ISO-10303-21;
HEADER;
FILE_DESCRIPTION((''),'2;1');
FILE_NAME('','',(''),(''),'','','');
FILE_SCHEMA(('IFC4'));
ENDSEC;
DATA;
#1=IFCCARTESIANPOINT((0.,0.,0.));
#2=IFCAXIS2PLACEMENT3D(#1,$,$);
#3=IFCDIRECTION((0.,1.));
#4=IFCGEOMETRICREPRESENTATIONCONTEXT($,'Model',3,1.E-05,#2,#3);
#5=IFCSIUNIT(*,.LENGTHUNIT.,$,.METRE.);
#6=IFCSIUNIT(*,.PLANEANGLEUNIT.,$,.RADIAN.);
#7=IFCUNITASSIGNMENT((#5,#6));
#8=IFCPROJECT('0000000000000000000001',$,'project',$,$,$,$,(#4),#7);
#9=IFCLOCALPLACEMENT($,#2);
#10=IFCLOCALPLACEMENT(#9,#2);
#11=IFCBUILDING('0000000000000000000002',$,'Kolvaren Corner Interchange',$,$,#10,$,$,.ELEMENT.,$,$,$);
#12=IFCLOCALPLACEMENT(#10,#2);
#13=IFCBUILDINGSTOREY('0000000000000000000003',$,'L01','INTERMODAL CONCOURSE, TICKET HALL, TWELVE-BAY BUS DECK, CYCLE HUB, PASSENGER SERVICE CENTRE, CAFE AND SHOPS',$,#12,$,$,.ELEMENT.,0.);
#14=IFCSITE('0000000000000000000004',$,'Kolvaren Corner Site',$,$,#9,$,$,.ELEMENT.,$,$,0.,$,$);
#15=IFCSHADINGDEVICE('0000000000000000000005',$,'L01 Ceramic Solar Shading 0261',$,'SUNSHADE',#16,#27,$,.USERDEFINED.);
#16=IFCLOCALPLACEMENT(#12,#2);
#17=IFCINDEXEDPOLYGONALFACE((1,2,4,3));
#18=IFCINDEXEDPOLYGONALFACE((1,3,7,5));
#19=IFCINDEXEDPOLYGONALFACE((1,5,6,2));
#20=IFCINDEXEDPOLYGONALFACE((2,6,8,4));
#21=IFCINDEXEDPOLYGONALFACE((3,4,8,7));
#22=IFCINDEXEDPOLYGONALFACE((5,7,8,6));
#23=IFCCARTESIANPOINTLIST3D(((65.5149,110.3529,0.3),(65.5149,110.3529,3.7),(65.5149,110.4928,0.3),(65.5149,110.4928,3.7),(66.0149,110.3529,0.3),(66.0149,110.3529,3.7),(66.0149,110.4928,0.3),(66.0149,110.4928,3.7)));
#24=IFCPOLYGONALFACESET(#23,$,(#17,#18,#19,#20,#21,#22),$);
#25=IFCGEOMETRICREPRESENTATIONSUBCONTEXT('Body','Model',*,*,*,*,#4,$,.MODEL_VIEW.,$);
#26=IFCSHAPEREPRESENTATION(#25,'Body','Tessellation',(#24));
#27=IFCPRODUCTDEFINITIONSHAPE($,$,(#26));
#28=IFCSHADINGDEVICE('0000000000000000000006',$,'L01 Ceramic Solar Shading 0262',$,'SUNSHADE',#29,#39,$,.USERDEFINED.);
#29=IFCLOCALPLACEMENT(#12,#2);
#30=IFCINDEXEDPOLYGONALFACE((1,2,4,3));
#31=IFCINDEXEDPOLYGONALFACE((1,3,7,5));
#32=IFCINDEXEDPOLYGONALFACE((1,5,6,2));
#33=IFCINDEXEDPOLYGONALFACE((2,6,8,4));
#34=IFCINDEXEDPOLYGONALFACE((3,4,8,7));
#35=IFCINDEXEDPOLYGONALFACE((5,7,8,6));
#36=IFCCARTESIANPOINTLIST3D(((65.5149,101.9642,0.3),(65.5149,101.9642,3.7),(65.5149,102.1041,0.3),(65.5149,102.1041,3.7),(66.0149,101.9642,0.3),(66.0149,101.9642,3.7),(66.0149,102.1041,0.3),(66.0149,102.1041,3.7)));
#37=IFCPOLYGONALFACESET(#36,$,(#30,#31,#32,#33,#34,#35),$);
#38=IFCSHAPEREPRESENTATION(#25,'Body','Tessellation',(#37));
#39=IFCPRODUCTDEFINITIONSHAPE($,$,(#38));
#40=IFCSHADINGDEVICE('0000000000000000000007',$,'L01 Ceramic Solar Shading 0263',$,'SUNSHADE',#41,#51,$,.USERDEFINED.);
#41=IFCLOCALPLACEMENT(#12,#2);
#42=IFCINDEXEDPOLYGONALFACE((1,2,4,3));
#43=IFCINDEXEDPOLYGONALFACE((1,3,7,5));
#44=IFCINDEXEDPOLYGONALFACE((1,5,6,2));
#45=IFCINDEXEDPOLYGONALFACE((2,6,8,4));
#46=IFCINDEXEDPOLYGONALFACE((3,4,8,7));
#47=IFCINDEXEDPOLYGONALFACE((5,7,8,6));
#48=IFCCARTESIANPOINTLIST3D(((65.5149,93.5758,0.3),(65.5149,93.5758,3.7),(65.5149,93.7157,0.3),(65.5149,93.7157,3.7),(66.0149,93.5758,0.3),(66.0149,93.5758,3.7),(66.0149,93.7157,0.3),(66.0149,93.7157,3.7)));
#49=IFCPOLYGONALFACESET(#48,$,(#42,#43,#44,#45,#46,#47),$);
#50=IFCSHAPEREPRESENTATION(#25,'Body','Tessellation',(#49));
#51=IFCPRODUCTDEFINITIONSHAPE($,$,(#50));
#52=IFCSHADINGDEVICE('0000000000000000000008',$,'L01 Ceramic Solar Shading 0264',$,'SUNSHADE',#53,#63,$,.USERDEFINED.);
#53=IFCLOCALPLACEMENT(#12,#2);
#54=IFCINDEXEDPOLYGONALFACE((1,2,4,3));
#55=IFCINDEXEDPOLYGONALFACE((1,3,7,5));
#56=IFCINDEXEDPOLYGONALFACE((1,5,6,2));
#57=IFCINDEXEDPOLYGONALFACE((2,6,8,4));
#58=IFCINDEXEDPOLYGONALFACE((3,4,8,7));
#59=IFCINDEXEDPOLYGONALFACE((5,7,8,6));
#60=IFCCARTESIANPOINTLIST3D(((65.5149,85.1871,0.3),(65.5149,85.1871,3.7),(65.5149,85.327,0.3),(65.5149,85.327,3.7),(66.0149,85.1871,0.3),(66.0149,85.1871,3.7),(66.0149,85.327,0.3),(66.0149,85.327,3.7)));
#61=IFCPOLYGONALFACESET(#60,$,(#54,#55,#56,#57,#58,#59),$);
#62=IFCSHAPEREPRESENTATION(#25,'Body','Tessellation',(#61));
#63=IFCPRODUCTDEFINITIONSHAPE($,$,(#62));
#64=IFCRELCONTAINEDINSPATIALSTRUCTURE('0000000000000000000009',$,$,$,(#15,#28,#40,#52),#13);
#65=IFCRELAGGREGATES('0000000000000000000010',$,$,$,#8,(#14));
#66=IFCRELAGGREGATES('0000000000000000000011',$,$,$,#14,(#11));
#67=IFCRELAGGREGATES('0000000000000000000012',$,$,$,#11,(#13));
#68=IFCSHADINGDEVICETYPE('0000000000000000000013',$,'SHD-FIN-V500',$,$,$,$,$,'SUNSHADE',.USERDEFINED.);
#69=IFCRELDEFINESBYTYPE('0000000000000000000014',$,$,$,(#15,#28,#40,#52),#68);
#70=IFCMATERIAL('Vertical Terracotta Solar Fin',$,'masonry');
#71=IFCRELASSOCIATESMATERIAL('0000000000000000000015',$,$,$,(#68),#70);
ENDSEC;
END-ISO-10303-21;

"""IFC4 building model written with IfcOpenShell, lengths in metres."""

from ifc_helpers import new_model, si_unit, direction, frame, origin, origin_2d, place, context, subcontext, project, spatial, rectangle, extrude, material, type_object, element, save


model = new_model("IFC4")

# Units and contexts
model_context = context("Model", 3, precision=1e-05, world=origin(), true_north=direction((0.0, 1.0)))
body_context = subcontext(model_context, "Body", "Model", "MODEL_VIEW")
ifc_project = project(units=[si_unit("LENGTHUNIT", "METRE"), si_unit("PLANEANGLEUNIT", "RADIAN")], contexts=[model_context])

# Site, building, storey
site_placement = place(None, origin())
site = spatial("IfcSite", under=ifc_project, at=site_placement, Name="Kolvaren Corner Site", CompositionType="ELEMENT", RefElevation=0.0)
building_placement = place(site_placement, origin())
building = spatial("IfcBuilding", under=site, at=building_placement, Name="Kolvaren Corner Interchange", CompositionType="ELEMENT")
storey_placement = place(building_placement, origin())
storey = spatial("IfcBuildingStorey", under=building, at=storey_placement, Name="L01", Description="INTERMODAL CONCOURSE, TICKET HALL, TWELVE-BAY BUS DECK, CYCLE HUB, PASSENGER SERVICE CENTRE, CAFE AND SHOPS", CompositionType="ELEMENT", Elevation=0.0)

# Shading devices
ifc_material_1 = material(Name="Vertical Terracotta Solar Fin", Category="masonry")
shading_device_type_1 = type_object("IfcShadingDeviceType", Name="SHD-FIN-V500", ElementType="SUNSHADE", PredefinedType="USERDEFINED", material=ifc_material_1)
for number, where, z_axis, x_axis, name in (
    (1, (65.7649, 110.4229, 0.3), (0.0, 0.0, 1.0), (0.0, -1.0, 0.0), "L01 Ceramic Solar Shading 0261"),
    (2, (65.7649, 102.0342, 0.3), (0.0, 0.0, 1.0), (0.0, -1.0, 0.0), "L01 Ceramic Solar Shading 0262"),
    (3, (65.7649, 93.6458, 0.3), (0.0, 0.0, 1.0), (0.0, -1.0, 0.0), "L01 Ceramic Solar Shading 0263"),
    (4, (65.7649, 85.2571, 0.3), (0.0, 0.0, 1.0), (0.0, -1.0, 0.0), "L01 Ceramic Solar Shading 0264"),
):
    element("IfcShadingDevice", number, at=place(storey_placement, frame(where, z_axis=z_axis, x_axis=x_axis)), inside=storey, type_object=shading_device_type_1, Name=name, ObjectType="SUNSHADE", PredefinedType="USERDEFINED", context=body_context, shape_type="SweptSolid", body=[
        extrude(rectangle(XDim=0.1399, YDim=0.5, at=origin_2d()), origin(), (0.0, 0.0, 1.0), 3.3999),
    ])

save(model, "model.ifc")
